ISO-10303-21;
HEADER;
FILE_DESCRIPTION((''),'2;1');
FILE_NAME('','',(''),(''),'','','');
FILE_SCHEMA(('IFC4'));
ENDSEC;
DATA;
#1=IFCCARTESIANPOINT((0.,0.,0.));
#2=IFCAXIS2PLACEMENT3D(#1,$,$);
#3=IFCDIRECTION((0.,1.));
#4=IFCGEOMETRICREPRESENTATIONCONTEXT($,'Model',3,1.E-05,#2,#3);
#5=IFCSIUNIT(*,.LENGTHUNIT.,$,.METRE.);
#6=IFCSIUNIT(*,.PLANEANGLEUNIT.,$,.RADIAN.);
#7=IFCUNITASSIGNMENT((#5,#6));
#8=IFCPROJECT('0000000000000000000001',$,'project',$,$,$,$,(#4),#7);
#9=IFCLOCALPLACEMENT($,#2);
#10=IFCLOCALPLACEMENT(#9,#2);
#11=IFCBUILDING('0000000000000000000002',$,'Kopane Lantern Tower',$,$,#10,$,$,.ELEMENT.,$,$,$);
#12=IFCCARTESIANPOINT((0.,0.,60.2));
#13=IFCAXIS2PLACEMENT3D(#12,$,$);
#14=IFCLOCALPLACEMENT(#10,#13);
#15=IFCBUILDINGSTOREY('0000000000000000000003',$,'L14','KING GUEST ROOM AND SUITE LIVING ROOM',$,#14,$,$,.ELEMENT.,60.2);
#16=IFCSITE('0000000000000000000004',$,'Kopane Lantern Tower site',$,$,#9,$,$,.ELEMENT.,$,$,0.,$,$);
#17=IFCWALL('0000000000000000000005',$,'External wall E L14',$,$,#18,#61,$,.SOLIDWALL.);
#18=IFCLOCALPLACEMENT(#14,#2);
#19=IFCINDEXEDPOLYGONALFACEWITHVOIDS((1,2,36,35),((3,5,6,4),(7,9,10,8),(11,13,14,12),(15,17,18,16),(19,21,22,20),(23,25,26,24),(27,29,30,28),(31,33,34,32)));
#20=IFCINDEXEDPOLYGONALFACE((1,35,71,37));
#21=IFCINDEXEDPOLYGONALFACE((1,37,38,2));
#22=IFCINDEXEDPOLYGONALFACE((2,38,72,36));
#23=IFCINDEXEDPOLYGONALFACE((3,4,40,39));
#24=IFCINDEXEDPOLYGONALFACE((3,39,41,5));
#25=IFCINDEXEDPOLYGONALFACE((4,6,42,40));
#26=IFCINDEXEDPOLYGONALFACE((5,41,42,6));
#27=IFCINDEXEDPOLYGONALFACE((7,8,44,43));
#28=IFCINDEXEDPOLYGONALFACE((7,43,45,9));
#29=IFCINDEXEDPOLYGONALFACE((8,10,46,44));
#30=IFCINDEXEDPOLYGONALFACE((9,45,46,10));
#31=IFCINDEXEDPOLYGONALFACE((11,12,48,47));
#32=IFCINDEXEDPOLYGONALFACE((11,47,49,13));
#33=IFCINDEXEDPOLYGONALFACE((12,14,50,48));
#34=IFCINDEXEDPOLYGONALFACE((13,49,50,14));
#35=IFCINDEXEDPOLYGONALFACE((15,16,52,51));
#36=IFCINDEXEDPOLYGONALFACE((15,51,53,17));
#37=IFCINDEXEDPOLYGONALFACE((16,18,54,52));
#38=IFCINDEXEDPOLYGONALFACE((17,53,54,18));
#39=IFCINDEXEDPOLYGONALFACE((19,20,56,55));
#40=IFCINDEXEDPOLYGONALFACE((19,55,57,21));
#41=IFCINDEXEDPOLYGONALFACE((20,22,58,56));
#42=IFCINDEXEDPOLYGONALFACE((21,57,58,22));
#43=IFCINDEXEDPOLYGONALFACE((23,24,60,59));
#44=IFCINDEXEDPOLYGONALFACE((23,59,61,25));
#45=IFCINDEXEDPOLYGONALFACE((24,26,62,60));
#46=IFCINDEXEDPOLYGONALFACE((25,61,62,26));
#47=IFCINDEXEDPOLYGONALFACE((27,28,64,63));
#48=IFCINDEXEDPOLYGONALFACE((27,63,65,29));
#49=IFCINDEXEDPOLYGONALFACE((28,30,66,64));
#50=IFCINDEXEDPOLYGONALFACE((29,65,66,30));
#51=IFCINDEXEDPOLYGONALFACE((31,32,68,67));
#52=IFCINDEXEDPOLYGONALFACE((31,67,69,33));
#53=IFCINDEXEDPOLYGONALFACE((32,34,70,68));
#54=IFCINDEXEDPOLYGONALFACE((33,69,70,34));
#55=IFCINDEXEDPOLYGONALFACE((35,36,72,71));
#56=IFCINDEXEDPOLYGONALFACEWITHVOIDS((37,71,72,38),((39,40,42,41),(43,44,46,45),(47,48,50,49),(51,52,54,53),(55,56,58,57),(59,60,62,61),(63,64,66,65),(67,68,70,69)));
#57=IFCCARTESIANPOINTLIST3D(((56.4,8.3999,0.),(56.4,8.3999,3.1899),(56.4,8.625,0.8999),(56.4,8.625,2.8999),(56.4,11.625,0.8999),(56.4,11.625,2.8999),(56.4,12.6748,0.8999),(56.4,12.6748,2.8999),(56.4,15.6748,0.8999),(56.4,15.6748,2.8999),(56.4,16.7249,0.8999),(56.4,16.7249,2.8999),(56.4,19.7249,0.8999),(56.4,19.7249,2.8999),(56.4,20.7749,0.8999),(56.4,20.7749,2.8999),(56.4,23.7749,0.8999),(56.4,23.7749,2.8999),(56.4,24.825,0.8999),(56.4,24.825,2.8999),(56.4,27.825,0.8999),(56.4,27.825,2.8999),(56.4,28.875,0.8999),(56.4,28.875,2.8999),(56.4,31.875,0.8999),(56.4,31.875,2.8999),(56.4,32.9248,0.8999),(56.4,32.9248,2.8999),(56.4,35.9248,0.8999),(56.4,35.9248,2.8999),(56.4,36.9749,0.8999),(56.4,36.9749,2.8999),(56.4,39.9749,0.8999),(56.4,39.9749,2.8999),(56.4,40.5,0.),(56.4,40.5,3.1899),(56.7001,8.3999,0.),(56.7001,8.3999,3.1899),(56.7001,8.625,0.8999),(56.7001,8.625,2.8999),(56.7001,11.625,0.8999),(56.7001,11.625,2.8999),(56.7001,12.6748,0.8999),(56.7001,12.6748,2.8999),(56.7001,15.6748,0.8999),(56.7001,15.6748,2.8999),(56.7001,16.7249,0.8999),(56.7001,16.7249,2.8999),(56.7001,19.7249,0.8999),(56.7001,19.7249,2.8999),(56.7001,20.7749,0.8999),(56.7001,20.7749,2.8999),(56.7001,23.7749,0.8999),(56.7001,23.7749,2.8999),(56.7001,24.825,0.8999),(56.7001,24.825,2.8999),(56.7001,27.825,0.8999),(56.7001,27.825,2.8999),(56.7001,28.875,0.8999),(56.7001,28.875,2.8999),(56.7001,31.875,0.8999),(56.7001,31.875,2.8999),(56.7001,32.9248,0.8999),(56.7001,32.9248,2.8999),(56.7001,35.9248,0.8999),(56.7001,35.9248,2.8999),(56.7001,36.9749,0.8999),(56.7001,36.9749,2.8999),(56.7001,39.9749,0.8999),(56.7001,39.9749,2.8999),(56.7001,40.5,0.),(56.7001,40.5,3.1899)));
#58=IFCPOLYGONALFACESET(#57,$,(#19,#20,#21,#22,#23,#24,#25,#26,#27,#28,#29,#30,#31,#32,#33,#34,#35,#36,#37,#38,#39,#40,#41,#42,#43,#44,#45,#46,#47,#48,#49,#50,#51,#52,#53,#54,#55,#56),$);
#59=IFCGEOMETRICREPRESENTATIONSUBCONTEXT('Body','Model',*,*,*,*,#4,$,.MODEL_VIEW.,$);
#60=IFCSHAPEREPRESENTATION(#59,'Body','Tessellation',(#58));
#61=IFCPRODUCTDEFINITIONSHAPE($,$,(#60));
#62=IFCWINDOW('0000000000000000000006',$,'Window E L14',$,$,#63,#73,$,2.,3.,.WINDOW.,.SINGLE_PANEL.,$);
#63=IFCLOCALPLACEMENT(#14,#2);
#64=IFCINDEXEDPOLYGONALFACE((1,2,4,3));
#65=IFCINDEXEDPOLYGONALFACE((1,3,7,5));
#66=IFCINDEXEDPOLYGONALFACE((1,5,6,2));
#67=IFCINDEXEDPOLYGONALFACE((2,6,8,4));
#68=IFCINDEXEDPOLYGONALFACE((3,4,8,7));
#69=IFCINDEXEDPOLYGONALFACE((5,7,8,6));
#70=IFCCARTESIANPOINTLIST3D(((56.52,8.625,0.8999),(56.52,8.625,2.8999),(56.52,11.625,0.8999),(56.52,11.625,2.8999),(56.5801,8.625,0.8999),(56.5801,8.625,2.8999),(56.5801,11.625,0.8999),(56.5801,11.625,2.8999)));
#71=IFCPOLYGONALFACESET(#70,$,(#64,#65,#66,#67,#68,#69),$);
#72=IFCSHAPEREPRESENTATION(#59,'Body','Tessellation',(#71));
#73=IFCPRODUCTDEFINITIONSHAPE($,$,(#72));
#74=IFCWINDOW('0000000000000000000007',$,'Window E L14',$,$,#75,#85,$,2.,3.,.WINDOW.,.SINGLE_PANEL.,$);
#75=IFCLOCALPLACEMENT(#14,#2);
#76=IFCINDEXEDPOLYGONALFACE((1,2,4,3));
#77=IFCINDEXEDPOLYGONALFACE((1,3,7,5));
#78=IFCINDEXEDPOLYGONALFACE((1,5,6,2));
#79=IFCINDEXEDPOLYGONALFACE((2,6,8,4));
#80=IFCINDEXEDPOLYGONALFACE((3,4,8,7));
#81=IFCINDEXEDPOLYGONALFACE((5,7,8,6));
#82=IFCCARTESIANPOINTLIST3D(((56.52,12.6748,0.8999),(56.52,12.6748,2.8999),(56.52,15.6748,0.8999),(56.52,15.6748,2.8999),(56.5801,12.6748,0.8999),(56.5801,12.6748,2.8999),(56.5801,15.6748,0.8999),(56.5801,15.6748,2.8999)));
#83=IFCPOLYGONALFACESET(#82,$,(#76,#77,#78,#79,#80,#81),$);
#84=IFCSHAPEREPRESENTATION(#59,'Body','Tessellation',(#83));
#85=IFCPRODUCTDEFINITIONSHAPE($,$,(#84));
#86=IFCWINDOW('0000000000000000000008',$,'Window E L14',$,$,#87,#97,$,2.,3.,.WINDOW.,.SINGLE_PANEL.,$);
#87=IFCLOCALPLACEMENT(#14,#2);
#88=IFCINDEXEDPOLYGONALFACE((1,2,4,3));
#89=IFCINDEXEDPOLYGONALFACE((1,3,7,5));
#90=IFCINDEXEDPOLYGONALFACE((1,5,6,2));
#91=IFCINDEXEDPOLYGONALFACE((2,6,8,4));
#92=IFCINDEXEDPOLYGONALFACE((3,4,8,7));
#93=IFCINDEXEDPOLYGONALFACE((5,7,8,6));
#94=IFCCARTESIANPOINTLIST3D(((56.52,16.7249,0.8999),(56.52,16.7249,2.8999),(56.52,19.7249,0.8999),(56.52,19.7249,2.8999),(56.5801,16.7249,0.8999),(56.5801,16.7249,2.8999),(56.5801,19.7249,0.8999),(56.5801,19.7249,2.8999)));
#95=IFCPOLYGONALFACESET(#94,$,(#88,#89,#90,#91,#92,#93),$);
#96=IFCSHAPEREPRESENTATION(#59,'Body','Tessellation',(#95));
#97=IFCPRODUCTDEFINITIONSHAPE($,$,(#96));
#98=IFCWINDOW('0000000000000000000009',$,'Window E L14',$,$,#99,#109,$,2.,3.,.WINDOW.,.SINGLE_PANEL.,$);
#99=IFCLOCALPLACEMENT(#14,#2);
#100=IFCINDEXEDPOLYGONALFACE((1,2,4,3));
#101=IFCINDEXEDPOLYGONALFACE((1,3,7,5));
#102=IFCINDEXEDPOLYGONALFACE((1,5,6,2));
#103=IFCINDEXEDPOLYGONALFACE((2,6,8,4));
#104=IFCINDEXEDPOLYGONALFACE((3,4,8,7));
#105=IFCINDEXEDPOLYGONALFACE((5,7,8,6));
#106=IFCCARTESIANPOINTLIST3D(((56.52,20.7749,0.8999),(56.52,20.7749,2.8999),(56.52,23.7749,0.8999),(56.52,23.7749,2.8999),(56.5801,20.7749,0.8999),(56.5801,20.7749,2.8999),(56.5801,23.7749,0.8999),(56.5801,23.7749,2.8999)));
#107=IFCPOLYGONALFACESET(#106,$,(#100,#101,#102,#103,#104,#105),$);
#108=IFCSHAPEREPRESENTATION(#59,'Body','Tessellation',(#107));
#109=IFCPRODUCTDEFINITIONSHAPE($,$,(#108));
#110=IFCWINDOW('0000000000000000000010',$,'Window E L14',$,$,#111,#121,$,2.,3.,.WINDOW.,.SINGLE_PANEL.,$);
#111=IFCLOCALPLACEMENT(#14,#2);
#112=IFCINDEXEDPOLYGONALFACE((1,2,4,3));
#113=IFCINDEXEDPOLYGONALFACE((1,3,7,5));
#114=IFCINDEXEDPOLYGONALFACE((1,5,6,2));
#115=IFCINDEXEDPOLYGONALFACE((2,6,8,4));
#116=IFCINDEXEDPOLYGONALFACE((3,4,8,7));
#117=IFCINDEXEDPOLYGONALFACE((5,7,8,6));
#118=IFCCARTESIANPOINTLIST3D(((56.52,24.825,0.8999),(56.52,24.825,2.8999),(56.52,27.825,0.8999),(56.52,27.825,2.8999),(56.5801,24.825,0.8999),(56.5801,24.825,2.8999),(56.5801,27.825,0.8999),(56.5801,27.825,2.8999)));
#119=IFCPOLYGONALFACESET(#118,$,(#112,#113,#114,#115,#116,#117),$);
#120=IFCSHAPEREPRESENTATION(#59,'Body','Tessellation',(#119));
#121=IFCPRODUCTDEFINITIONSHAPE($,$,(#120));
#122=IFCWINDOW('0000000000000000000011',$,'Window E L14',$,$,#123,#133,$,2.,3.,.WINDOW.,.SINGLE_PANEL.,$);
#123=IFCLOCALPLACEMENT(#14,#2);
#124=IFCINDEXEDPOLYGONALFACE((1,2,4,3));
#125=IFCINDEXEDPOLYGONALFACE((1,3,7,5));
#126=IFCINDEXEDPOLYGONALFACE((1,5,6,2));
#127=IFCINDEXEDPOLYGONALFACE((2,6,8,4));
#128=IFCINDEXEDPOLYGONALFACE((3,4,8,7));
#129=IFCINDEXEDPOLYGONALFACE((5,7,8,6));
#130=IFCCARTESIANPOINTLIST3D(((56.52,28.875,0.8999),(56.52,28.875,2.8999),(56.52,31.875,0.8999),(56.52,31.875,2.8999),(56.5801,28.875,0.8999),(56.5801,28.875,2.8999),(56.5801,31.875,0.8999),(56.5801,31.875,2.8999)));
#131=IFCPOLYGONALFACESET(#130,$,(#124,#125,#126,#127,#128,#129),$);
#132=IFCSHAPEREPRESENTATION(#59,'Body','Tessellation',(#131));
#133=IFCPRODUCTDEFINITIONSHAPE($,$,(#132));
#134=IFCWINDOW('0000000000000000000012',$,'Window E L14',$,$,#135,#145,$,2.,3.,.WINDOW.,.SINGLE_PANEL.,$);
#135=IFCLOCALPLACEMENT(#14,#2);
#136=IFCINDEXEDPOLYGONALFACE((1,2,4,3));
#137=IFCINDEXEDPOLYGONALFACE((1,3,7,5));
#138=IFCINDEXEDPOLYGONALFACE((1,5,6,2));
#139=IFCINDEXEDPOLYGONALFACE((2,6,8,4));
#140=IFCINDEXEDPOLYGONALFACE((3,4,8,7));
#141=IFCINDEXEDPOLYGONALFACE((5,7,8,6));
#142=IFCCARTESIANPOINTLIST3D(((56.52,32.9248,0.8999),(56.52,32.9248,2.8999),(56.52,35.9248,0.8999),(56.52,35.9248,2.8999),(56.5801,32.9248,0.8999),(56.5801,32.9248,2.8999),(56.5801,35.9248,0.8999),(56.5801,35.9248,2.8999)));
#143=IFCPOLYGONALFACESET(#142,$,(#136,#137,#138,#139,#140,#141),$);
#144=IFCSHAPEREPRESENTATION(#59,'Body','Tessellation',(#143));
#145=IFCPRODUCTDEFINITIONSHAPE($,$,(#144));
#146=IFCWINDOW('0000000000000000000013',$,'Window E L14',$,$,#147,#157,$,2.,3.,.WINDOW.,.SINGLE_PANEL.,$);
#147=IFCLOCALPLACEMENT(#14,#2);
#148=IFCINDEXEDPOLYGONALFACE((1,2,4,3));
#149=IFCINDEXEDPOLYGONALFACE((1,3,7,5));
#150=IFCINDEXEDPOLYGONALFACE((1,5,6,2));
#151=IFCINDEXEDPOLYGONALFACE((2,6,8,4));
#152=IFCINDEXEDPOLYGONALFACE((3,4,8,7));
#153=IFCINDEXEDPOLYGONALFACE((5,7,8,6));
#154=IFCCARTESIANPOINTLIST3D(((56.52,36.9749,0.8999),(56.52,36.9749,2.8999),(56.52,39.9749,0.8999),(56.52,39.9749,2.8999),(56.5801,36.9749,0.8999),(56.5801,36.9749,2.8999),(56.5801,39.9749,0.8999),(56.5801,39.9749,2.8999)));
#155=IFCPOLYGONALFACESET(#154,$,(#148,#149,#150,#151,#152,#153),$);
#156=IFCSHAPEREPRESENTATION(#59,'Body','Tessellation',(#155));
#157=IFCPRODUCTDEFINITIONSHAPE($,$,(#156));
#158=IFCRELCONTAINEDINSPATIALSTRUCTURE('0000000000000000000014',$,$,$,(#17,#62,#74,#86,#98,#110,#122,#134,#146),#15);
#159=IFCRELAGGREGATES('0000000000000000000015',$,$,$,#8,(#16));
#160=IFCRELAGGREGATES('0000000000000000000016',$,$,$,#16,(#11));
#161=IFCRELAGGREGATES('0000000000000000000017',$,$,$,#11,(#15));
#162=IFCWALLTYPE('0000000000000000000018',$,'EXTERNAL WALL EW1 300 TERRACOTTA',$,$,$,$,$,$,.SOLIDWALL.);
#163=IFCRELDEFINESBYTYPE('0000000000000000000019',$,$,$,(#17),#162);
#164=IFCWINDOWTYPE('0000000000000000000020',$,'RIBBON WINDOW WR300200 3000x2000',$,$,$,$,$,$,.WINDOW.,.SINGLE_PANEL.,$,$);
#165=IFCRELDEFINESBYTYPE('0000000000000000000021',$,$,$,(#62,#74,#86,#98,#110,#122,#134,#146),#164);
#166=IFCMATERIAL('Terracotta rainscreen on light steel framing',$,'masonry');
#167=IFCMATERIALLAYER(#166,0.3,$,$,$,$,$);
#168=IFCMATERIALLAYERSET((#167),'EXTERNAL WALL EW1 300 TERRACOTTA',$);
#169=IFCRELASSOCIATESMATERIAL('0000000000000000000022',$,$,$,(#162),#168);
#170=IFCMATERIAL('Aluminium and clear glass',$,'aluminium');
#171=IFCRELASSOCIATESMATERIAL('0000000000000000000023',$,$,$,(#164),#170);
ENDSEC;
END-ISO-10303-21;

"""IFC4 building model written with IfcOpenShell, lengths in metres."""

from ifc_helpers import new_model, si_unit, direction, frame, frame_2d, origin, place, context, subcontext, project, spatial, rectangle, extrude, material, layer, layer_set, type_object, element, fill, save


model = new_model("IFC4")

# Units and contexts
model_context = context("Model", 3, precision=1e-05, world=origin(), true_north=direction((0.0, 1.0)))
body_context = subcontext(model_context, "Body", "Model", "MODEL_VIEW")
ifc_project = project(units=[si_unit("LENGTHUNIT", "METRE"), si_unit("PLANEANGLEUNIT", "RADIAN")], contexts=[model_context])

# Site, building, storey
site_placement = place(None, origin())
site = spatial("IfcSite", under=ifc_project, at=site_placement, Name="Kopane Lantern Tower site", CompositionType="ELEMENT", RefElevation=0.0)
building_placement = place(site_placement, origin())
building = spatial("IfcBuilding", under=site, at=building_placement, Name="Kopane Lantern Tower", CompositionType="ELEMENT")
storey_placement = place(building_placement, frame((0.0, 0.0, 60.2)))
storey = spatial("IfcBuildingStorey", under=building, at=storey_placement, Name="L14", Description="KING GUEST ROOM AND SUITE LIVING ROOM", CompositionType="ELEMENT", Elevation=60.2)

# Shared definitions
ifc_material_1 = material(Name="Terracotta rainscreen on light steel framing", Category="masonry")
ifc_layer = layer(ifc_material_1, 0.3)
ifc_layer_set = layer_set([ifc_layer], Name="EXTERNAL WALL EW1 300 TERRACOTTA")
wall_type = type_object("IfcWallType", Name="EXTERNAL WALL EW1 300 TERRACOTTA", PredefinedType="SOLIDWALL", material=ifc_layer_set)

# Wall, openings, windows
wall_1_placement = place(storey_placement, frame((56.55, 8.3999, 0.0), z_axis=(0.0, 0.0, 1.0), x_axis=(0.0, 1.0, 0.0)))
wall_1 = element("IfcWall", 1, at=wall_1_placement, inside=storey, type_object=wall_type, Name="External wall E L14", PredefinedType="SOLIDWALL", context=body_context, shape_type="SweptSolid", body=[
    extrude(rectangle(XDim=32.1001, YDim=0.3, at=frame_2d((16.05, 0.0))), origin(), (0.0, 0.0, 1.0), 3.1899),
])
opening_1_placement = place(wall_1_placement, frame((0.2251, 0.0, 0.8999)))
opening_1 = element("IfcOpeningElement", 2, at=opening_1_placement, cuts=wall_1, PredefinedType="OPENING", context=body_context, shape_type="SweptSolid", body=[
    extrude(rectangle(XDim=3.0, YDim=2.0, at=frame_2d((1.5, 1.0))), frame((0.0, 0.1599, 0.0), z_axis=(0.0, -1.0, 0.0), x_axis=(1.0, 0.0, 0.0)), (0.0, 0.0, 1.0), 0.3201),
])
opening_2_placement = place(wall_1_placement, frame((4.2749, 0.0, 0.8999)))
opening_2 = element("IfcOpeningElement", 3, at=opening_2_placement, cuts=wall_1, PredefinedType="OPENING", context=body_context, shape_type="SweptSolid", body=[
    extrude(rectangle(XDim=3.0, YDim=2.0, at=frame_2d((1.5, 1.0))), frame((0.0, 0.1599, 0.0), z_axis=(0.0, -1.0, 0.0), x_axis=(1.0, 0.0, 0.0)), (0.0, 0.0, 1.0), 0.3201),
])
opening_3_placement = place(wall_1_placement, frame((8.325, 0.0, 0.8999)))
opening_3 = element("IfcOpeningElement", 4, at=opening_3_placement, cuts=wall_1, PredefinedType="OPENING", context=body_context, shape_type="SweptSolid", body=[
    extrude(rectangle(XDim=3.0, YDim=2.0, at=frame_2d((1.5, 1.0))), frame((0.0, 0.1599, 0.0), z_axis=(0.0, -1.0, 0.0), x_axis=(1.0, 0.0, 0.0)), (0.0, 0.0, 1.0), 0.3201),
])
opening_4_placement = place(wall_1_placement, frame((12.375, 0.0, 0.8999)))
opening_4 = element("IfcOpeningElement", 5, at=opening_4_placement, cuts=wall_1, PredefinedType="OPENING", context=body_context, shape_type="SweptSolid", body=[
    extrude(rectangle(XDim=3.0, YDim=2.0, at=frame_2d((1.5, 1.0))), frame((0.0, 0.1599, 0.0), z_axis=(0.0, -1.0, 0.0), x_axis=(1.0, 0.0, 0.0)), (0.0, 0.0, 1.0), 0.3201),
])
opening_5_placement = place(wall_1_placement, frame((16.425, 0.0, 0.8999)))
opening_5 = element("IfcOpeningElement", 6, at=opening_5_placement, cuts=wall_1, PredefinedType="OPENING", context=body_context, shape_type="SweptSolid", body=[
    extrude(rectangle(XDim=3.0, YDim=2.0, at=frame_2d((1.5, 1.0))), frame((0.0, 0.1599, 0.0), z_axis=(0.0, -1.0, 0.0), x_axis=(1.0, 0.0, 0.0)), (0.0, 0.0, 1.0), 0.3201),
])
opening_6_placement = place(wall_1_placement, frame((20.4751, 0.0, 0.8999)))
opening_6 = element("IfcOpeningElement", 7, at=opening_6_placement, cuts=wall_1, PredefinedType="OPENING", context=body_context, shape_type="SweptSolid", body=[
    extrude(rectangle(XDim=3.0, YDim=2.0, at=frame_2d((1.5, 1.0))), frame((0.0, 0.1599, 0.0), z_axis=(0.0, -1.0, 0.0), x_axis=(1.0, 0.0, 0.0)), (0.0, 0.0, 1.0), 0.3201),
])
opening_7_placement = place(wall_1_placement, frame((24.5249, 0.0, 0.8999)))
opening_7 = element("IfcOpeningElement", 8, at=opening_7_placement, cuts=wall_1, PredefinedType="OPENING", context=body_context, shape_type="SweptSolid", body=[
    extrude(rectangle(XDim=3.0, YDim=2.0, at=frame_2d((1.5, 1.0))), frame((0.0, 0.1599, 0.0), z_axis=(0.0, -1.0, 0.0), x_axis=(1.0, 0.0, 0.0)), (0.0, 0.0, 1.0), 0.3201),
])
opening_8_placement = place(wall_1_placement, frame((28.575, 0.0, 0.8999)))
opening_8 = element("IfcOpeningElement", 9, at=opening_8_placement, cuts=wall_1, PredefinedType="OPENING", context=body_context, shape_type="SweptSolid", body=[
    extrude(rectangle(XDim=3.0, YDim=2.0, at=frame_2d((1.5, 1.0))), frame((0.0, 0.1599, 0.0), z_axis=(0.0, -1.0, 0.0), x_axis=(1.0, 0.0, 0.0)), (0.0, 0.0, 1.0), 0.3201),
])
ifc_material_2 = material(Name="Aluminium and clear glass", Category="aluminium")
window_type_1 = type_object("IfcWindowType", Name="RIBBON WINDOW WR300200 3000x2000", PartitioningType="SINGLE_PANEL", PredefinedType="WINDOW", material=ifc_material_2)
window_1_placement = place(opening_1_placement, origin())
window_1 = element("IfcWindow", 10, at=window_1_placement, inside=storey, type_object=window_type_1, Name="Window E L14", OverallHeight=2.0, OverallWidth=3.0, PartitioningType="SINGLE_PANEL", PredefinedType="WINDOW", context=body_context, shape_type="SweptSolid", body=[
    extrude(rectangle(XDim=3.0, YDim=2.0, at=frame_2d((1.5, 1.0))), frame((0.0, 0.03, 0.0), z_axis=(0.0, -1.0, 0.0), x_axis=(1.0, 0.0, 0.0)), (0.0, 0.0, 1.0), 0.0601),
])
fill(opening_1, window_1)
window_2_placement = place(opening_2_placement, origin())
window_2 = element("IfcWindow", 11, at=window_2_placement, inside=storey, type_object=window_type_1, Name="Window E L14", OverallHeight=2.0, OverallWidth=3.0, PartitioningType="SINGLE_PANEL", PredefinedType="WINDOW", context=body_context, shape_type="SweptSolid", body=[
    extrude(rectangle(XDim=3.0, YDim=2.0, at=frame_2d((1.5, 1.0))), frame((0.0, 0.03, 0.0), z_axis=(0.0, -1.0, 0.0), x_axis=(1.0, 0.0, 0.0)), (0.0, 0.0, 1.0), 0.0601),
])
fill(opening_2, window_2)
window_3_placement = place(opening_3_placement, origin())
window_3 = element("IfcWindow", 12, at=window_3_placement, inside=storey, type_object=window_type_1, Name="Window E L14", OverallHeight=2.0, OverallWidth=3.0, PartitioningType="SINGLE_PANEL", PredefinedType="WINDOW", context=body_context, shape_type="SweptSolid", body=[
    extrude(rectangle(XDim=3.0, YDim=2.0, at=frame_2d((1.5, 1.0))), frame((0.0, 0.03, 0.0), z_axis=(0.0, -1.0, 0.0), x_axis=(1.0, 0.0, 0.0)), (0.0, 0.0, 1.0), 0.0601),
])
fill(opening_3, window_3)
window_4_placement = place(opening_4_placement, origin())
window_4 = element("IfcWindow", 13, at=window_4_placement, inside=storey, type_object=window_type_1, Name="Window E L14", OverallHeight=2.0, OverallWidth=3.0, PartitioningType="SINGLE_PANEL", PredefinedType="WINDOW", context=body_context, shape_type="SweptSolid", body=[
    extrude(rectangle(XDim=3.0, YDim=2.0, at=frame_2d((1.5, 1.0))), frame((0.0, 0.03, 0.0), z_axis=(0.0, -1.0, 0.0), x_axis=(1.0, 0.0, 0.0)), (0.0, 0.0, 1.0), 0.0601),
])
fill(opening_4, window_4)
window_5_placement = place(opening_5_placement, origin())
window_5 = element("IfcWindow", 14, at=window_5_placement, inside=storey, type_object=window_type_1, Name="Window E L14", OverallHeight=2.0, OverallWidth=3.0, PartitioningType="SINGLE_PANEL", PredefinedType="WINDOW", context=body_context, shape_type="SweptSolid", body=[
    extrude(rectangle(XDim=3.0, YDim=2.0, at=frame_2d((1.5, 1.0))), frame((0.0, 0.03, 0.0), z_axis=(0.0, -1.0, 0.0), x_axis=(1.0, 0.0, 0.0)), (0.0, 0.0, 1.0), 0.0601),
])
fill(opening_5, window_5)
window_6_placement = place(opening_6_placement, origin())
window_6 = element("IfcWindow", 15, at=window_6_placement, inside=storey, type_object=window_type_1, Name="Window E L14", OverallHeight=2.0, OverallWidth=3.0, PartitioningType="SINGLE_PANEL", PredefinedType="WINDOW", context=body_context, shape_type="SweptSolid", body=[
    extrude(rectangle(XDim=3.0, YDim=2.0, at=frame_2d((1.5, 1.0))), frame((0.0, 0.03, 0.0), z_axis=(0.0, -1.0, 0.0), x_axis=(1.0, 0.0, 0.0)), (0.0, 0.0, 1.0), 0.0601),
])
fill(opening_6, window_6)
window_7_placement = place(opening_7_placement, origin())
window_7 = element("IfcWindow", 16, at=window_7_placement, inside=storey, type_object=window_type_1, Name="Window E L14", OverallHeight=2.0, OverallWidth=3.0, PartitioningType="SINGLE_PANEL", PredefinedType="WINDOW", context=body_context, shape_type="SweptSolid", body=[
    extrude(rectangle(XDim=3.0, YDim=2.0, at=frame_2d((1.5, 1.0))), frame((0.0, 0.03, 0.0), z_axis=(0.0, -1.0, 0.0), x_axis=(1.0, 0.0, 0.0)), (0.0, 0.0, 1.0), 0.0601),
])
fill(opening_7, window_7)
window_8_placement = place(opening_8_placement, origin())
window_8 = element("IfcWindow", 17, at=window_8_placement, inside=storey, type_object=window_type_1, Name="Window E L14", OverallHeight=2.0, OverallWidth=3.0, PartitioningType="SINGLE_PANEL", PredefinedType="WINDOW", context=body_context, shape_type="SweptSolid", body=[
    extrude(rectangle(XDim=3.0, YDim=2.0, at=frame_2d((1.5, 1.0))), frame((0.0, 0.03, 0.0), z_axis=(0.0, -1.0, 0.0), x_axis=(1.0, 0.0, 0.0)), (0.0, 0.0, 1.0), 0.0601),
])
fill(opening_8, window_8)

save(model, "model.ifc")
